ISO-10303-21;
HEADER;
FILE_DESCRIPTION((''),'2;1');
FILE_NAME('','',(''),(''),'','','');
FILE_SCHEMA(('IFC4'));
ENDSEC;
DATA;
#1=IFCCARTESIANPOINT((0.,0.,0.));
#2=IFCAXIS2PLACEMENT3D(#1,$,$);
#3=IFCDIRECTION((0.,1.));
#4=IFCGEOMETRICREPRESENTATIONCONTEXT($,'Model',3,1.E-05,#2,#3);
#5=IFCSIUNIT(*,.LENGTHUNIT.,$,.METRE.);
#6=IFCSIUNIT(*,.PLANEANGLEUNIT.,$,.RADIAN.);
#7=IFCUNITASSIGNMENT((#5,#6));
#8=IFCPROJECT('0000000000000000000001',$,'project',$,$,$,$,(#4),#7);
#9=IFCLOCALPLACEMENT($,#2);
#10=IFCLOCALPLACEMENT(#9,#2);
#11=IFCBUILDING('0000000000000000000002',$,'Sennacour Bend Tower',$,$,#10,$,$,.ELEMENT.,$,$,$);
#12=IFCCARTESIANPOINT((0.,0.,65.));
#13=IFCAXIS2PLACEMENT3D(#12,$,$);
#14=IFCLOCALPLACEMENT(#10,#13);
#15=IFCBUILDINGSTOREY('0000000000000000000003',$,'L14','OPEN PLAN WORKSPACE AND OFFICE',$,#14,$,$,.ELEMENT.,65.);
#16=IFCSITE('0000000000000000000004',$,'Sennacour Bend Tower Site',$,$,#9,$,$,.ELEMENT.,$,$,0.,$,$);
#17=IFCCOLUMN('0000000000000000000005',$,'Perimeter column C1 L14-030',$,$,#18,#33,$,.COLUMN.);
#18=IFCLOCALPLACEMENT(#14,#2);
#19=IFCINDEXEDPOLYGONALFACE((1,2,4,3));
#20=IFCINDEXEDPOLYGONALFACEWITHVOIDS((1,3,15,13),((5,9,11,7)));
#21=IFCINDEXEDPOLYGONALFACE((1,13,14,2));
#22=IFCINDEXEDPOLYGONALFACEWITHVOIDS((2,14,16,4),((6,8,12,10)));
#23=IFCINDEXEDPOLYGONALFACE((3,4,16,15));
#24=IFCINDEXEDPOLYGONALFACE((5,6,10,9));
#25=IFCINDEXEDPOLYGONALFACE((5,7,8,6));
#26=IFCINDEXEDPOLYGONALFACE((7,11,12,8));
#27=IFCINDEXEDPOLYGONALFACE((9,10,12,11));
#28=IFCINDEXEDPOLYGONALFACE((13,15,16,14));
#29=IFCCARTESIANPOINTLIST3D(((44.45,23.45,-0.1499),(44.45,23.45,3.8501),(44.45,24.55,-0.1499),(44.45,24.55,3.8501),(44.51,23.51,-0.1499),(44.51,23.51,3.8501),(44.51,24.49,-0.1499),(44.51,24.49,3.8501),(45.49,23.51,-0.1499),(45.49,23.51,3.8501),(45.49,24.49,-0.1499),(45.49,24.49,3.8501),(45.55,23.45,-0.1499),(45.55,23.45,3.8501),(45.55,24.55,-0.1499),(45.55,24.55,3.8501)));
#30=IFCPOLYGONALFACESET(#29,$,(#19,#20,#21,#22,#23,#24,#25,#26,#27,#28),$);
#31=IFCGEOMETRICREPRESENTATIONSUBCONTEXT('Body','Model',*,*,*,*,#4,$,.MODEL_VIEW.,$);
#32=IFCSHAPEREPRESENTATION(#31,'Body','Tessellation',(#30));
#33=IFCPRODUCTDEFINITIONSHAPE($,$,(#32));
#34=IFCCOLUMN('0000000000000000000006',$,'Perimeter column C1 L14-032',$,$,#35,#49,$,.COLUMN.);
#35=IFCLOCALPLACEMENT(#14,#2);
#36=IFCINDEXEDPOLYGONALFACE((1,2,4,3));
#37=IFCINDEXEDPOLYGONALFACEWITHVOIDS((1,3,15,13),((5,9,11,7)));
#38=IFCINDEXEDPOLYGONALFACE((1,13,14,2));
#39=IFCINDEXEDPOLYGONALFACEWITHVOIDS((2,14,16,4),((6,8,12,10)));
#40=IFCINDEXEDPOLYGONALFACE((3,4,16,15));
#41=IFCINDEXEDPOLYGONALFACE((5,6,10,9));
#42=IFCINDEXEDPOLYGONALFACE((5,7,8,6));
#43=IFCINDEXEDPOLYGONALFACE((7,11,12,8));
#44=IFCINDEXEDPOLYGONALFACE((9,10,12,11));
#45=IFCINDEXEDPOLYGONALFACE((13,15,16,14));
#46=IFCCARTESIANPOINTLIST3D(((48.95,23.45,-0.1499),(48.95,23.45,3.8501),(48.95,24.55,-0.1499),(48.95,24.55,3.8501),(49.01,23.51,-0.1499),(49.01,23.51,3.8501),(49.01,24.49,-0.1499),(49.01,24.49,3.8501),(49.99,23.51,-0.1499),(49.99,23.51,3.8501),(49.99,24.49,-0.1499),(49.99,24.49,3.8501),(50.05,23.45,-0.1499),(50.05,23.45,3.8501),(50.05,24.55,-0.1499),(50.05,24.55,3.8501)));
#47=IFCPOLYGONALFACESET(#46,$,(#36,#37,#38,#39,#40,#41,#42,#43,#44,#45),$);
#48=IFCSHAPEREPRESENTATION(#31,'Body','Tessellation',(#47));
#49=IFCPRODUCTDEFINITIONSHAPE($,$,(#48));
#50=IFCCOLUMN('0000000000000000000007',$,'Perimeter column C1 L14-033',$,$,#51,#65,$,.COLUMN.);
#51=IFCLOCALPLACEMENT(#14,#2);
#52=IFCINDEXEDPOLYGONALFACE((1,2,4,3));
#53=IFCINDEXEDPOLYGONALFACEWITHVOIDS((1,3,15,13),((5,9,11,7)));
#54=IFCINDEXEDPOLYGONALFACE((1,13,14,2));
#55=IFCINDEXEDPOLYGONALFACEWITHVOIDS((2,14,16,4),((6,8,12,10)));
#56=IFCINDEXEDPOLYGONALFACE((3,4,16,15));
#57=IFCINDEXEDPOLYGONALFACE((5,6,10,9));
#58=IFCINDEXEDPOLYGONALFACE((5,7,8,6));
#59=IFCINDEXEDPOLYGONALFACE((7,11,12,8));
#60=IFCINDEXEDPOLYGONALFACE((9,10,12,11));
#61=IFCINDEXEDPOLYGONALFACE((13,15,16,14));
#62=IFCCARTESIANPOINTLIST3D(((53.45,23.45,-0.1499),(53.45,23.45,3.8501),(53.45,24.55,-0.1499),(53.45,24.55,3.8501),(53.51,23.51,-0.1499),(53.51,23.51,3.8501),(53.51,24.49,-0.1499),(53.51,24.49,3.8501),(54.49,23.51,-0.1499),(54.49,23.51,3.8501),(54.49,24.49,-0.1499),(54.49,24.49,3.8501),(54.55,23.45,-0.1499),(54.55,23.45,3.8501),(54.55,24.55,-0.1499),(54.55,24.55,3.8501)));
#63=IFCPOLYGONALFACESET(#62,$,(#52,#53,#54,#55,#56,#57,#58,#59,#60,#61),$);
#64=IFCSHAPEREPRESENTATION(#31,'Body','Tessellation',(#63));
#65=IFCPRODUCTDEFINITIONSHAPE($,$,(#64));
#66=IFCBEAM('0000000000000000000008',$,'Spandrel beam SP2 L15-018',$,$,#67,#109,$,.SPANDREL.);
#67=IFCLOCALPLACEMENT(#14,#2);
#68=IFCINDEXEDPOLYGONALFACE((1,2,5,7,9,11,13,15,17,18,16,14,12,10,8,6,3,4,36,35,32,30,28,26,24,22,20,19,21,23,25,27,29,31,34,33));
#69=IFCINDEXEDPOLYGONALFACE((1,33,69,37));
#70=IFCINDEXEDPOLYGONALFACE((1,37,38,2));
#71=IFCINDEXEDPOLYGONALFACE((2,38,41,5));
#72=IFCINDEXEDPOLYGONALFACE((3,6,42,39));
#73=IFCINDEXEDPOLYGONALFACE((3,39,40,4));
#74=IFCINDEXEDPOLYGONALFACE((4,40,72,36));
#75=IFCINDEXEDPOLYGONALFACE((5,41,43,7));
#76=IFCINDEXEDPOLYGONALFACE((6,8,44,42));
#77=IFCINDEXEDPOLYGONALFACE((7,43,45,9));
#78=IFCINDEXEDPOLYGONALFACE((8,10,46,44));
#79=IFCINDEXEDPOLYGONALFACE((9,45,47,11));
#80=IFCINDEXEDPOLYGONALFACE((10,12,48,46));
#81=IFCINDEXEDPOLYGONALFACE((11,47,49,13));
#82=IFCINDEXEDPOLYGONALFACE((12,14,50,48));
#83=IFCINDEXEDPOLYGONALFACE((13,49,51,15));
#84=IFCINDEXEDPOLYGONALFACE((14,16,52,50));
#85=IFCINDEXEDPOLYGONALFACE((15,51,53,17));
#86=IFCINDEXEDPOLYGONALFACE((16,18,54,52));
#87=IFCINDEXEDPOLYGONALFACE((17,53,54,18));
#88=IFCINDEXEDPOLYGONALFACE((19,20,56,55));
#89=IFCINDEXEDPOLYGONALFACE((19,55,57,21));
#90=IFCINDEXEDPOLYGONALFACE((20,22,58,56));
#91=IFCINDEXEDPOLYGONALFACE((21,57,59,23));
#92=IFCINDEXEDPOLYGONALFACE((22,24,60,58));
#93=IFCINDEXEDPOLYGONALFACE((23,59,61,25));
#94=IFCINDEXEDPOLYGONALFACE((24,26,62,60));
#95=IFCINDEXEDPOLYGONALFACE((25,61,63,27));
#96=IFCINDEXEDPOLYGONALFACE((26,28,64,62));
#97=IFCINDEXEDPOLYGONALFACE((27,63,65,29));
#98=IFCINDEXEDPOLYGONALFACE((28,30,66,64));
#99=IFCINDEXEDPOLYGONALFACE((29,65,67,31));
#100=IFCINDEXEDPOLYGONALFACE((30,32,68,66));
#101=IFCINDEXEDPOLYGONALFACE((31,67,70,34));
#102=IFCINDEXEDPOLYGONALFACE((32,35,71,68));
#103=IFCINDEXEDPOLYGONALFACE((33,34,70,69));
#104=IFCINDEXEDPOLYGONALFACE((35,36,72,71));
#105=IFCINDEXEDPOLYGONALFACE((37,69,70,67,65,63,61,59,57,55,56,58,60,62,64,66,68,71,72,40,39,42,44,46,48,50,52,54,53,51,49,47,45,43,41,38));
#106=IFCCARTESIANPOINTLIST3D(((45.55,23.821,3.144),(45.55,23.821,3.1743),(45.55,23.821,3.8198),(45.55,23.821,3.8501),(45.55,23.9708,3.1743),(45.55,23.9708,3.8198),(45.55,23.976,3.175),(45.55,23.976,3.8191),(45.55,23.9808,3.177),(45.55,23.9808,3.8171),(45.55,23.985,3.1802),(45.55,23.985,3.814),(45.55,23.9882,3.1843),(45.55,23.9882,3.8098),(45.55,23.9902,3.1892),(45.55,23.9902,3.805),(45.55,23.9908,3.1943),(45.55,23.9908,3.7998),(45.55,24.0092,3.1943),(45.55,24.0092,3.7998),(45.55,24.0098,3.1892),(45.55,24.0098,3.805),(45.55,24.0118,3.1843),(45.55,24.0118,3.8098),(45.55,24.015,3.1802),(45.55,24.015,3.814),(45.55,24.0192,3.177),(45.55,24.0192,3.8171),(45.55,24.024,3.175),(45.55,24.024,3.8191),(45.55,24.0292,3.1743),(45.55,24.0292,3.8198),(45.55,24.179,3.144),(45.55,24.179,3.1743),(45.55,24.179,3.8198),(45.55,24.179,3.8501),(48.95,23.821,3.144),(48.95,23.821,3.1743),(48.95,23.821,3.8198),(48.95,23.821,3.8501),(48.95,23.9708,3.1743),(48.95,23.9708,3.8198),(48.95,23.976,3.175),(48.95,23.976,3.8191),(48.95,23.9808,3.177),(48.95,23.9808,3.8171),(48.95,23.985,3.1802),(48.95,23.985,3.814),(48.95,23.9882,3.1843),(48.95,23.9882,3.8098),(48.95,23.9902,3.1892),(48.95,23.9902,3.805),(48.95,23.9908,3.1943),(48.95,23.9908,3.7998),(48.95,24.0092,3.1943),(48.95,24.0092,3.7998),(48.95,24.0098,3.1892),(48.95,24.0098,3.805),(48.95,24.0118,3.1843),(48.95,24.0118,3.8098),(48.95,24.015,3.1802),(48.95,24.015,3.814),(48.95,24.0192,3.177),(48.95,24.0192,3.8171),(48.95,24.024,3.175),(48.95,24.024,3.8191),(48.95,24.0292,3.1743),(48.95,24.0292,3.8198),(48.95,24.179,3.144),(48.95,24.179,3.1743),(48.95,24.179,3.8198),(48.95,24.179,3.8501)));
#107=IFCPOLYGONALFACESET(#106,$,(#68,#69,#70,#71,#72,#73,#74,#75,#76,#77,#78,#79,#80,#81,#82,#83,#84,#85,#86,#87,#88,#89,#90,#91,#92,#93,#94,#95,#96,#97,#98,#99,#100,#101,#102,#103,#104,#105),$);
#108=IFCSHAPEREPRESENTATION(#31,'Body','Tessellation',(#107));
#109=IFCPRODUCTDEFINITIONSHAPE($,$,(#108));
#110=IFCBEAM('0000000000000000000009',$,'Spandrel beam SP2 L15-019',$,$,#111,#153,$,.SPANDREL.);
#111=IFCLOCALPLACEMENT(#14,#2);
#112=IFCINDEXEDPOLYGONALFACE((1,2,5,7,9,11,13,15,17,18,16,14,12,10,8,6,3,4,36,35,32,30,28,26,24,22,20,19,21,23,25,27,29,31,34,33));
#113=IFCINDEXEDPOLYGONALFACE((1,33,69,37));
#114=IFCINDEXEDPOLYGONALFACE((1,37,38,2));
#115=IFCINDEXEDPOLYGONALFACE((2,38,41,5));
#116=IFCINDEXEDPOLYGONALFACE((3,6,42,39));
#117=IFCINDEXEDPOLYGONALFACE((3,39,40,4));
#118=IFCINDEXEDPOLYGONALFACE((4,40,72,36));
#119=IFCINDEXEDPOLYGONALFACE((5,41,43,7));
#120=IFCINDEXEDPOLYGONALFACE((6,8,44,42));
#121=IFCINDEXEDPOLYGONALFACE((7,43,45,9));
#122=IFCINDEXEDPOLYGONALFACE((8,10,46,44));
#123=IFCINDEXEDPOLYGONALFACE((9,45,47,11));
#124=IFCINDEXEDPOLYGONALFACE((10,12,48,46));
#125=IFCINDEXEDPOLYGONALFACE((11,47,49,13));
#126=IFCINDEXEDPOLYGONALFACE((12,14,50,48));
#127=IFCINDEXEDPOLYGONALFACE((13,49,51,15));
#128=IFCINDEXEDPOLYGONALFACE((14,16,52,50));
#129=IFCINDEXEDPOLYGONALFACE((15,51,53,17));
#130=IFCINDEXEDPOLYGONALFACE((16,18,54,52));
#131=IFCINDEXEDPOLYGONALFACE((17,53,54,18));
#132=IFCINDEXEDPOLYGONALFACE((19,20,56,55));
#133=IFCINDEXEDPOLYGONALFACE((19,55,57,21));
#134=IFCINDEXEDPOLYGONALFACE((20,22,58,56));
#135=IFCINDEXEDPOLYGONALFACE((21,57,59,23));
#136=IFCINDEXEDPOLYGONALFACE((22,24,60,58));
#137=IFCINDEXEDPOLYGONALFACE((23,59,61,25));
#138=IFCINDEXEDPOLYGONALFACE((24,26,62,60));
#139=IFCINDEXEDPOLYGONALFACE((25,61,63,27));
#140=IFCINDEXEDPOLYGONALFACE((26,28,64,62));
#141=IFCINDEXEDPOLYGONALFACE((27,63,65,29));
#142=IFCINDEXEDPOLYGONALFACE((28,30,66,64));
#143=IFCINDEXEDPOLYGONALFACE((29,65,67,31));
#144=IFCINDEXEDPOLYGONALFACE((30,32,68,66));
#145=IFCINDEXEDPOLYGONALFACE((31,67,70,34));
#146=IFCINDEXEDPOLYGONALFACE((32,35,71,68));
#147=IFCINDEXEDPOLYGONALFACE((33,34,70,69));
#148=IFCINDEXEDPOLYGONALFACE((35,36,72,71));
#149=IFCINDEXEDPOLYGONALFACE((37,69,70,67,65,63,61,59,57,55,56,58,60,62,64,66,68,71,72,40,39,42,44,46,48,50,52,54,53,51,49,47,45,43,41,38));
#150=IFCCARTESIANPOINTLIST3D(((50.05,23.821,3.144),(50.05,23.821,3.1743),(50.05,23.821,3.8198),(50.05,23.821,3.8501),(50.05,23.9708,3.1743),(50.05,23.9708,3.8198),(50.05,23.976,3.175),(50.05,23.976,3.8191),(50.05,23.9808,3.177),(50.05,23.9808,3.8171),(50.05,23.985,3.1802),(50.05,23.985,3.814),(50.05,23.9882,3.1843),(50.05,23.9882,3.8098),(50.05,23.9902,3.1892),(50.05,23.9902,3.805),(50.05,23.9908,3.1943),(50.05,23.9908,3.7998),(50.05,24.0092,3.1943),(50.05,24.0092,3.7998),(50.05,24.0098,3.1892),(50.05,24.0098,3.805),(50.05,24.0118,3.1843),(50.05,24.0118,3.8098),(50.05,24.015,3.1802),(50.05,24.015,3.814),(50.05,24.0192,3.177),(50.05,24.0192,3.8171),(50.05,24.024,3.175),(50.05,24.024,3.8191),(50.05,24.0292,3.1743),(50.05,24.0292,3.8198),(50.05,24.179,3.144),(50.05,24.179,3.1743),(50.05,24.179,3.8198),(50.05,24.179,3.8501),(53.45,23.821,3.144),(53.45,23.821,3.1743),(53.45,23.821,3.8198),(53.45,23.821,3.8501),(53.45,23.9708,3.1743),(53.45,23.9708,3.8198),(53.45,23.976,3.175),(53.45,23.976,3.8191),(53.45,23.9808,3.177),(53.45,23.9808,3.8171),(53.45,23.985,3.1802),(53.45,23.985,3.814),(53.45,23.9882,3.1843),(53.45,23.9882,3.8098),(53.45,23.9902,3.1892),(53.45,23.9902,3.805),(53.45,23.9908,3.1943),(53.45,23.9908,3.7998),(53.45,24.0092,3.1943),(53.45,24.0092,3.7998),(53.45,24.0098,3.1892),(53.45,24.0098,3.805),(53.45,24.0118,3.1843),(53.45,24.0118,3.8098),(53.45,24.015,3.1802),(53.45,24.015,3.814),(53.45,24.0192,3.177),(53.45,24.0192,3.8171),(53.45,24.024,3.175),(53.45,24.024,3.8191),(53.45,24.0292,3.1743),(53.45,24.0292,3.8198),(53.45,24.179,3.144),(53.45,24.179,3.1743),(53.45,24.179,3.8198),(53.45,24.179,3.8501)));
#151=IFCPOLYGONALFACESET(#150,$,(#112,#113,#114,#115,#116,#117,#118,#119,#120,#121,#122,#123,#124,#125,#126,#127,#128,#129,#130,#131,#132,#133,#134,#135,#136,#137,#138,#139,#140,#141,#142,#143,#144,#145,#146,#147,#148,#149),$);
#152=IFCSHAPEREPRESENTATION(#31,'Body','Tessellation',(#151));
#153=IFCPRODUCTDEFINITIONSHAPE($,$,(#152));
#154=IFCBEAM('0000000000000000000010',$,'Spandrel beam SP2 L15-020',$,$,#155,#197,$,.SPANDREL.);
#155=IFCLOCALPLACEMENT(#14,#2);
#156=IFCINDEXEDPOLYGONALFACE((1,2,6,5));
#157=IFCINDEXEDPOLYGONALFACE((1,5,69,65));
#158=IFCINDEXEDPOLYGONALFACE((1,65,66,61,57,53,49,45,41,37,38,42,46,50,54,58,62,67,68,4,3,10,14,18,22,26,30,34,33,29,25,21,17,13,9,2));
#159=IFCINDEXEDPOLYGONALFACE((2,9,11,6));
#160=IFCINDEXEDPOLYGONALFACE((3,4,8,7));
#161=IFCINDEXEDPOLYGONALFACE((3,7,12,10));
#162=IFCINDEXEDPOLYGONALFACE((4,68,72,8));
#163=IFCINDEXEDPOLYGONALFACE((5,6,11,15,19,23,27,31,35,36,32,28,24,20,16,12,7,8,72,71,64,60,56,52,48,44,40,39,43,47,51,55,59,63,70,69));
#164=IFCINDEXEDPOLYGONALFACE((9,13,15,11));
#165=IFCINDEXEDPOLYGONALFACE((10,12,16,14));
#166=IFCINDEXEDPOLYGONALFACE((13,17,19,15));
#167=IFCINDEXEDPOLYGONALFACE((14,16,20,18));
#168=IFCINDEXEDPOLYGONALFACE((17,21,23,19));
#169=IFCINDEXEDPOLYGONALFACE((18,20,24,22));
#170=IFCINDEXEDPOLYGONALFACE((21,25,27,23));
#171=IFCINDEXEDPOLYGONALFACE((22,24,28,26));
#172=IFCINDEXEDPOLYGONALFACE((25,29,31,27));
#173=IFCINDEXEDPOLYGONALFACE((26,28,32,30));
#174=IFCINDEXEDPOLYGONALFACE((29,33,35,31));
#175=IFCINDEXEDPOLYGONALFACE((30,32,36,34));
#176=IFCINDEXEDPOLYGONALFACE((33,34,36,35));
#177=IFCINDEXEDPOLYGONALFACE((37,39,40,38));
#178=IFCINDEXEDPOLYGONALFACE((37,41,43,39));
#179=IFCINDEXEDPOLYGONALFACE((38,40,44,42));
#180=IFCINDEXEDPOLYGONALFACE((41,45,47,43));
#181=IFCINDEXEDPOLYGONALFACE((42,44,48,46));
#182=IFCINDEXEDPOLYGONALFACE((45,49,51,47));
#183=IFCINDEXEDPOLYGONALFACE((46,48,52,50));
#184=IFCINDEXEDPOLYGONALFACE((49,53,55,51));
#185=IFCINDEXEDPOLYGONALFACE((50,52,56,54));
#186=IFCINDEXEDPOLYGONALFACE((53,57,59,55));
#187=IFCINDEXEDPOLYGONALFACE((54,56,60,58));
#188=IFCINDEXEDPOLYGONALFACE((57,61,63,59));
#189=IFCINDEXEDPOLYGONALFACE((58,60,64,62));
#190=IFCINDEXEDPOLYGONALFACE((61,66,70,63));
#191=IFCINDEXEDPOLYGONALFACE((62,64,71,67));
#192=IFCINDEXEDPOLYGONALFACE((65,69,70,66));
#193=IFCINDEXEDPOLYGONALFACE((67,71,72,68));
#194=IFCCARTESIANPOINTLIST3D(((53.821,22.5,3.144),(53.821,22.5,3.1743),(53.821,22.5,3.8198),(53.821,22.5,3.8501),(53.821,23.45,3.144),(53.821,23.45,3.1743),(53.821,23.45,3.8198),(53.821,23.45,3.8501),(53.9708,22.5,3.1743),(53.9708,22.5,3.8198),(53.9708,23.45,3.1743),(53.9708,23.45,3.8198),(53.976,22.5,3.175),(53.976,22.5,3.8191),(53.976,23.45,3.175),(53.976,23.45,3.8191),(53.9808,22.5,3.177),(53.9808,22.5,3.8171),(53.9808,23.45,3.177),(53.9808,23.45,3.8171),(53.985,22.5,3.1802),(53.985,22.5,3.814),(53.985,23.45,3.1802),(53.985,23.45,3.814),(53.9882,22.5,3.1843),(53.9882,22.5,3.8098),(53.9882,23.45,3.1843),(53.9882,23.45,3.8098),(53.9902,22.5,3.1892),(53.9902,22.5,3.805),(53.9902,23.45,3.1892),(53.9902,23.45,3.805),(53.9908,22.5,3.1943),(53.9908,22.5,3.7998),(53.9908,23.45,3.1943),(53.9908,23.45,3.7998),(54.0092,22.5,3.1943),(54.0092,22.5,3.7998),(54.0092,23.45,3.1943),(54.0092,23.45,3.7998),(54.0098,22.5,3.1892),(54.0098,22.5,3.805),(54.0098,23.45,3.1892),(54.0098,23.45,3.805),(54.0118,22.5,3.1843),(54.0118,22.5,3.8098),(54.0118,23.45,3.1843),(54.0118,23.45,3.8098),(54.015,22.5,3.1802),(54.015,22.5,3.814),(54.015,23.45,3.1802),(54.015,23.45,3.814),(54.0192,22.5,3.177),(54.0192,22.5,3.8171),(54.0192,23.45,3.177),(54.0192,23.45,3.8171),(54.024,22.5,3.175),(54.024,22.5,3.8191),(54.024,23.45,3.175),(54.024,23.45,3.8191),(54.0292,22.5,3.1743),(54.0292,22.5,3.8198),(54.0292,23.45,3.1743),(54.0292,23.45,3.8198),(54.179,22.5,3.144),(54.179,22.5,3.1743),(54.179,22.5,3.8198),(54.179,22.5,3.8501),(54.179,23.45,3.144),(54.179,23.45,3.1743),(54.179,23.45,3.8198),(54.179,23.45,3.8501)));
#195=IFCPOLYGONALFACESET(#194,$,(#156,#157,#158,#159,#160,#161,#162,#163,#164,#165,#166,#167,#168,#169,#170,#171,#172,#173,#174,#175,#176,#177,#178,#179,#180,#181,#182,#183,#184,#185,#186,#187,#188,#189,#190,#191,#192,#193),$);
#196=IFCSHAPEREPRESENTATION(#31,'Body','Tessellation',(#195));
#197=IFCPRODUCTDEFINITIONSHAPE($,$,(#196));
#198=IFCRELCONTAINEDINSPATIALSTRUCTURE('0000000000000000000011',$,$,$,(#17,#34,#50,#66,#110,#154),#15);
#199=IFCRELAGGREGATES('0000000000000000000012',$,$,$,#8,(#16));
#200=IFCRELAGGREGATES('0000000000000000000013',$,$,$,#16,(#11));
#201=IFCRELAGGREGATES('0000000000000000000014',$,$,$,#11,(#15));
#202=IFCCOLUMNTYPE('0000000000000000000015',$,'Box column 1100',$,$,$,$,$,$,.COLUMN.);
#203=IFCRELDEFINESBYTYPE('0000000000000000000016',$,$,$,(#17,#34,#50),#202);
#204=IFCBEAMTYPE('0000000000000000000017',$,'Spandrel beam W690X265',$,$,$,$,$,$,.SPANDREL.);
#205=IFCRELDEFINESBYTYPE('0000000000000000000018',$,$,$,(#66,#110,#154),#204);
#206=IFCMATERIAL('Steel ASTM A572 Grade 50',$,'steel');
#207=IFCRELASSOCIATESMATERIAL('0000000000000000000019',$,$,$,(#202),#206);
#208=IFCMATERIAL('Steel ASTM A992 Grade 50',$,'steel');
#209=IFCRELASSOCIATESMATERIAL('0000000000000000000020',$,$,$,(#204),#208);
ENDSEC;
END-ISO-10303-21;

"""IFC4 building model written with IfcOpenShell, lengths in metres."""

from ifc_helpers import new_model, si_unit, direction, frame, origin, origin_2d, place, context, subcontext, project, spatial, hollow_rectangle, i_section, extrude, material, material_profile, profile_set, type_object, element, save


model = new_model("IFC4")

# Units and contexts
model_context = context("Model", 3, precision=1e-05, world=origin(), true_north=direction((0.0, 1.0)))
body_context = subcontext(model_context, "Body", "Model", "MODEL_VIEW")
ifc_project = project(units=[si_unit("LENGTHUNIT", "METRE"), si_unit("PLANEANGLEUNIT", "RADIAN")], contexts=[model_context])

# Site, building, storey
site_placement = place(None, origin())
site = spatial("IfcSite", under=ifc_project, at=site_placement, Name="Sennacour Bend Tower Site", CompositionType="ELEMENT", RefElevation=0.0)
building_placement = place(site_placement, origin())
building = spatial("IfcBuilding", under=site, at=building_placement, Name="Sennacour Bend Tower", CompositionType="ELEMENT")
storey_placement = place(building_placement, frame((0.0, 0.0, 65.0)))
storey = spatial("IfcBuildingStorey", under=building, at=storey_placement, Name="L14", Description="OPEN PLAN WORKSPACE AND OFFICE", CompositionType="ELEMENT", Elevation=65.0)

# Columns
ifc_material_1 = material(Name="Steel ASTM A572 Grade 50", Category="steel")
ifc_material_profile_1 = material_profile(ifc_material_1, hollow_rectangle(XDim=1.1001, YDim=1.1001, WallThickness=0.0601, at=origin_2d()), Name="Steel ASTM A572 Grade 50", Category="steel")
ifc_profile_set_1 = profile_set([ifc_material_profile_1], Name="Steel ASTM A572 Grade 50")
column_type = type_object("IfcColumnType", Name="Box column 1100", PredefinedType="COLUMN", material=ifc_profile_set_1)
for number, where, z_axis, x_axis, name in (
    (1, (45.0, 24.0, -0.1499), (0.0, 0.0, 1.0), (1.0, 0.0, 0.0), "Perimeter column C1 L14-030"),
    (2, (49.5, 24.0, -0.1499), (0.0, 0.0, 1.0), (1.0, 0.0, 0.0), "Perimeter column C1 L14-032"),
    (3, (54.0, 24.0, -0.1499), (0.0, 0.0, 1.0), (1.0, 0.0, 0.0), "Perimeter column C1 L14-033"),
):
    element("IfcColumn", number, at=place(storey_placement, frame(where, z_axis=z_axis, x_axis=x_axis)), inside=storey, type_object=column_type, Name=name, PredefinedType="COLUMN", context=body_context, shape_type="SweptSolid", body=[
        extrude(hollow_rectangle(XDim=1.1001, YDim=1.1001, WallThickness=0.0601, at=origin_2d()), origin(), (0.0, 0.0, 1.0), 4.0),
    ])

# Beams
ifc_material_2 = material(Name="Steel ASTM A992 Grade 50", Category="steel")
ifc_material_profile_2 = material_profile(ifc_material_2, i_section(OverallWidth=0.3579, OverallDepth=0.7061, WebThickness=0.0183, FlangeThickness=0.0303, FilletRadius=0.02, at=origin_2d()), Name="Steel ASTM A992 Grade 50", Category="steel")
ifc_profile_set_2 = profile_set([ifc_material_profile_2], Name="Steel ASTM A992 Grade 50")
beam_type = type_object("IfcBeamType", Name="Spandrel beam W690X265", PredefinedType="SPANDREL", material=ifc_profile_set_2)
for number, where, z_axis, x_axis, name in (
    (4, (45.55, 24.0, 3.4971), (1.0, 0.0, 0.0), (0.0, 1.0, 0.0), "Spandrel beam SP2 L15-018"),
    (5, (50.05, 24.0, 3.4971), (1.0, 0.0, 0.0), (0.0, 1.0, 0.0), "Spandrel beam SP2 L15-019"),
):
    element("IfcBeam", number, at=place(storey_placement, frame(where, z_axis=z_axis, x_axis=x_axis)), inside=storey, type_object=beam_type, Name=name, PredefinedType="SPANDREL", context=body_context, shape_type="SweptSolid", body=[
        extrude(i_section(OverallWidth=0.3579, OverallDepth=0.7061, WebThickness=0.0183, FlangeThickness=0.0303, FilletRadius=0.02, at=origin_2d()), origin(), (0.0, 0.0, 1.0), 3.3999),
    ])
beam_placement = place(storey_placement, frame((54.0, 23.45, 3.4971), z_axis=(0.0, -1.0, 0.0), x_axis=(1.0, 0.0, 0.0)))
element("IfcBeam", 6, at=beam_placement, inside=storey, type_object=beam_type, Name="Spandrel beam SP2 L15-020", PredefinedType="SPANDREL", context=body_context, shape_type="SweptSolid", body=[
    extrude(i_section(OverallWidth=0.3579, OverallDepth=0.7061, WebThickness=0.0183, FlangeThickness=0.0303, FilletRadius=0.02, at=origin_2d()), origin(), (0.0, 0.0, 1.0), 0.95),
])

save(model, "model.ifc")
